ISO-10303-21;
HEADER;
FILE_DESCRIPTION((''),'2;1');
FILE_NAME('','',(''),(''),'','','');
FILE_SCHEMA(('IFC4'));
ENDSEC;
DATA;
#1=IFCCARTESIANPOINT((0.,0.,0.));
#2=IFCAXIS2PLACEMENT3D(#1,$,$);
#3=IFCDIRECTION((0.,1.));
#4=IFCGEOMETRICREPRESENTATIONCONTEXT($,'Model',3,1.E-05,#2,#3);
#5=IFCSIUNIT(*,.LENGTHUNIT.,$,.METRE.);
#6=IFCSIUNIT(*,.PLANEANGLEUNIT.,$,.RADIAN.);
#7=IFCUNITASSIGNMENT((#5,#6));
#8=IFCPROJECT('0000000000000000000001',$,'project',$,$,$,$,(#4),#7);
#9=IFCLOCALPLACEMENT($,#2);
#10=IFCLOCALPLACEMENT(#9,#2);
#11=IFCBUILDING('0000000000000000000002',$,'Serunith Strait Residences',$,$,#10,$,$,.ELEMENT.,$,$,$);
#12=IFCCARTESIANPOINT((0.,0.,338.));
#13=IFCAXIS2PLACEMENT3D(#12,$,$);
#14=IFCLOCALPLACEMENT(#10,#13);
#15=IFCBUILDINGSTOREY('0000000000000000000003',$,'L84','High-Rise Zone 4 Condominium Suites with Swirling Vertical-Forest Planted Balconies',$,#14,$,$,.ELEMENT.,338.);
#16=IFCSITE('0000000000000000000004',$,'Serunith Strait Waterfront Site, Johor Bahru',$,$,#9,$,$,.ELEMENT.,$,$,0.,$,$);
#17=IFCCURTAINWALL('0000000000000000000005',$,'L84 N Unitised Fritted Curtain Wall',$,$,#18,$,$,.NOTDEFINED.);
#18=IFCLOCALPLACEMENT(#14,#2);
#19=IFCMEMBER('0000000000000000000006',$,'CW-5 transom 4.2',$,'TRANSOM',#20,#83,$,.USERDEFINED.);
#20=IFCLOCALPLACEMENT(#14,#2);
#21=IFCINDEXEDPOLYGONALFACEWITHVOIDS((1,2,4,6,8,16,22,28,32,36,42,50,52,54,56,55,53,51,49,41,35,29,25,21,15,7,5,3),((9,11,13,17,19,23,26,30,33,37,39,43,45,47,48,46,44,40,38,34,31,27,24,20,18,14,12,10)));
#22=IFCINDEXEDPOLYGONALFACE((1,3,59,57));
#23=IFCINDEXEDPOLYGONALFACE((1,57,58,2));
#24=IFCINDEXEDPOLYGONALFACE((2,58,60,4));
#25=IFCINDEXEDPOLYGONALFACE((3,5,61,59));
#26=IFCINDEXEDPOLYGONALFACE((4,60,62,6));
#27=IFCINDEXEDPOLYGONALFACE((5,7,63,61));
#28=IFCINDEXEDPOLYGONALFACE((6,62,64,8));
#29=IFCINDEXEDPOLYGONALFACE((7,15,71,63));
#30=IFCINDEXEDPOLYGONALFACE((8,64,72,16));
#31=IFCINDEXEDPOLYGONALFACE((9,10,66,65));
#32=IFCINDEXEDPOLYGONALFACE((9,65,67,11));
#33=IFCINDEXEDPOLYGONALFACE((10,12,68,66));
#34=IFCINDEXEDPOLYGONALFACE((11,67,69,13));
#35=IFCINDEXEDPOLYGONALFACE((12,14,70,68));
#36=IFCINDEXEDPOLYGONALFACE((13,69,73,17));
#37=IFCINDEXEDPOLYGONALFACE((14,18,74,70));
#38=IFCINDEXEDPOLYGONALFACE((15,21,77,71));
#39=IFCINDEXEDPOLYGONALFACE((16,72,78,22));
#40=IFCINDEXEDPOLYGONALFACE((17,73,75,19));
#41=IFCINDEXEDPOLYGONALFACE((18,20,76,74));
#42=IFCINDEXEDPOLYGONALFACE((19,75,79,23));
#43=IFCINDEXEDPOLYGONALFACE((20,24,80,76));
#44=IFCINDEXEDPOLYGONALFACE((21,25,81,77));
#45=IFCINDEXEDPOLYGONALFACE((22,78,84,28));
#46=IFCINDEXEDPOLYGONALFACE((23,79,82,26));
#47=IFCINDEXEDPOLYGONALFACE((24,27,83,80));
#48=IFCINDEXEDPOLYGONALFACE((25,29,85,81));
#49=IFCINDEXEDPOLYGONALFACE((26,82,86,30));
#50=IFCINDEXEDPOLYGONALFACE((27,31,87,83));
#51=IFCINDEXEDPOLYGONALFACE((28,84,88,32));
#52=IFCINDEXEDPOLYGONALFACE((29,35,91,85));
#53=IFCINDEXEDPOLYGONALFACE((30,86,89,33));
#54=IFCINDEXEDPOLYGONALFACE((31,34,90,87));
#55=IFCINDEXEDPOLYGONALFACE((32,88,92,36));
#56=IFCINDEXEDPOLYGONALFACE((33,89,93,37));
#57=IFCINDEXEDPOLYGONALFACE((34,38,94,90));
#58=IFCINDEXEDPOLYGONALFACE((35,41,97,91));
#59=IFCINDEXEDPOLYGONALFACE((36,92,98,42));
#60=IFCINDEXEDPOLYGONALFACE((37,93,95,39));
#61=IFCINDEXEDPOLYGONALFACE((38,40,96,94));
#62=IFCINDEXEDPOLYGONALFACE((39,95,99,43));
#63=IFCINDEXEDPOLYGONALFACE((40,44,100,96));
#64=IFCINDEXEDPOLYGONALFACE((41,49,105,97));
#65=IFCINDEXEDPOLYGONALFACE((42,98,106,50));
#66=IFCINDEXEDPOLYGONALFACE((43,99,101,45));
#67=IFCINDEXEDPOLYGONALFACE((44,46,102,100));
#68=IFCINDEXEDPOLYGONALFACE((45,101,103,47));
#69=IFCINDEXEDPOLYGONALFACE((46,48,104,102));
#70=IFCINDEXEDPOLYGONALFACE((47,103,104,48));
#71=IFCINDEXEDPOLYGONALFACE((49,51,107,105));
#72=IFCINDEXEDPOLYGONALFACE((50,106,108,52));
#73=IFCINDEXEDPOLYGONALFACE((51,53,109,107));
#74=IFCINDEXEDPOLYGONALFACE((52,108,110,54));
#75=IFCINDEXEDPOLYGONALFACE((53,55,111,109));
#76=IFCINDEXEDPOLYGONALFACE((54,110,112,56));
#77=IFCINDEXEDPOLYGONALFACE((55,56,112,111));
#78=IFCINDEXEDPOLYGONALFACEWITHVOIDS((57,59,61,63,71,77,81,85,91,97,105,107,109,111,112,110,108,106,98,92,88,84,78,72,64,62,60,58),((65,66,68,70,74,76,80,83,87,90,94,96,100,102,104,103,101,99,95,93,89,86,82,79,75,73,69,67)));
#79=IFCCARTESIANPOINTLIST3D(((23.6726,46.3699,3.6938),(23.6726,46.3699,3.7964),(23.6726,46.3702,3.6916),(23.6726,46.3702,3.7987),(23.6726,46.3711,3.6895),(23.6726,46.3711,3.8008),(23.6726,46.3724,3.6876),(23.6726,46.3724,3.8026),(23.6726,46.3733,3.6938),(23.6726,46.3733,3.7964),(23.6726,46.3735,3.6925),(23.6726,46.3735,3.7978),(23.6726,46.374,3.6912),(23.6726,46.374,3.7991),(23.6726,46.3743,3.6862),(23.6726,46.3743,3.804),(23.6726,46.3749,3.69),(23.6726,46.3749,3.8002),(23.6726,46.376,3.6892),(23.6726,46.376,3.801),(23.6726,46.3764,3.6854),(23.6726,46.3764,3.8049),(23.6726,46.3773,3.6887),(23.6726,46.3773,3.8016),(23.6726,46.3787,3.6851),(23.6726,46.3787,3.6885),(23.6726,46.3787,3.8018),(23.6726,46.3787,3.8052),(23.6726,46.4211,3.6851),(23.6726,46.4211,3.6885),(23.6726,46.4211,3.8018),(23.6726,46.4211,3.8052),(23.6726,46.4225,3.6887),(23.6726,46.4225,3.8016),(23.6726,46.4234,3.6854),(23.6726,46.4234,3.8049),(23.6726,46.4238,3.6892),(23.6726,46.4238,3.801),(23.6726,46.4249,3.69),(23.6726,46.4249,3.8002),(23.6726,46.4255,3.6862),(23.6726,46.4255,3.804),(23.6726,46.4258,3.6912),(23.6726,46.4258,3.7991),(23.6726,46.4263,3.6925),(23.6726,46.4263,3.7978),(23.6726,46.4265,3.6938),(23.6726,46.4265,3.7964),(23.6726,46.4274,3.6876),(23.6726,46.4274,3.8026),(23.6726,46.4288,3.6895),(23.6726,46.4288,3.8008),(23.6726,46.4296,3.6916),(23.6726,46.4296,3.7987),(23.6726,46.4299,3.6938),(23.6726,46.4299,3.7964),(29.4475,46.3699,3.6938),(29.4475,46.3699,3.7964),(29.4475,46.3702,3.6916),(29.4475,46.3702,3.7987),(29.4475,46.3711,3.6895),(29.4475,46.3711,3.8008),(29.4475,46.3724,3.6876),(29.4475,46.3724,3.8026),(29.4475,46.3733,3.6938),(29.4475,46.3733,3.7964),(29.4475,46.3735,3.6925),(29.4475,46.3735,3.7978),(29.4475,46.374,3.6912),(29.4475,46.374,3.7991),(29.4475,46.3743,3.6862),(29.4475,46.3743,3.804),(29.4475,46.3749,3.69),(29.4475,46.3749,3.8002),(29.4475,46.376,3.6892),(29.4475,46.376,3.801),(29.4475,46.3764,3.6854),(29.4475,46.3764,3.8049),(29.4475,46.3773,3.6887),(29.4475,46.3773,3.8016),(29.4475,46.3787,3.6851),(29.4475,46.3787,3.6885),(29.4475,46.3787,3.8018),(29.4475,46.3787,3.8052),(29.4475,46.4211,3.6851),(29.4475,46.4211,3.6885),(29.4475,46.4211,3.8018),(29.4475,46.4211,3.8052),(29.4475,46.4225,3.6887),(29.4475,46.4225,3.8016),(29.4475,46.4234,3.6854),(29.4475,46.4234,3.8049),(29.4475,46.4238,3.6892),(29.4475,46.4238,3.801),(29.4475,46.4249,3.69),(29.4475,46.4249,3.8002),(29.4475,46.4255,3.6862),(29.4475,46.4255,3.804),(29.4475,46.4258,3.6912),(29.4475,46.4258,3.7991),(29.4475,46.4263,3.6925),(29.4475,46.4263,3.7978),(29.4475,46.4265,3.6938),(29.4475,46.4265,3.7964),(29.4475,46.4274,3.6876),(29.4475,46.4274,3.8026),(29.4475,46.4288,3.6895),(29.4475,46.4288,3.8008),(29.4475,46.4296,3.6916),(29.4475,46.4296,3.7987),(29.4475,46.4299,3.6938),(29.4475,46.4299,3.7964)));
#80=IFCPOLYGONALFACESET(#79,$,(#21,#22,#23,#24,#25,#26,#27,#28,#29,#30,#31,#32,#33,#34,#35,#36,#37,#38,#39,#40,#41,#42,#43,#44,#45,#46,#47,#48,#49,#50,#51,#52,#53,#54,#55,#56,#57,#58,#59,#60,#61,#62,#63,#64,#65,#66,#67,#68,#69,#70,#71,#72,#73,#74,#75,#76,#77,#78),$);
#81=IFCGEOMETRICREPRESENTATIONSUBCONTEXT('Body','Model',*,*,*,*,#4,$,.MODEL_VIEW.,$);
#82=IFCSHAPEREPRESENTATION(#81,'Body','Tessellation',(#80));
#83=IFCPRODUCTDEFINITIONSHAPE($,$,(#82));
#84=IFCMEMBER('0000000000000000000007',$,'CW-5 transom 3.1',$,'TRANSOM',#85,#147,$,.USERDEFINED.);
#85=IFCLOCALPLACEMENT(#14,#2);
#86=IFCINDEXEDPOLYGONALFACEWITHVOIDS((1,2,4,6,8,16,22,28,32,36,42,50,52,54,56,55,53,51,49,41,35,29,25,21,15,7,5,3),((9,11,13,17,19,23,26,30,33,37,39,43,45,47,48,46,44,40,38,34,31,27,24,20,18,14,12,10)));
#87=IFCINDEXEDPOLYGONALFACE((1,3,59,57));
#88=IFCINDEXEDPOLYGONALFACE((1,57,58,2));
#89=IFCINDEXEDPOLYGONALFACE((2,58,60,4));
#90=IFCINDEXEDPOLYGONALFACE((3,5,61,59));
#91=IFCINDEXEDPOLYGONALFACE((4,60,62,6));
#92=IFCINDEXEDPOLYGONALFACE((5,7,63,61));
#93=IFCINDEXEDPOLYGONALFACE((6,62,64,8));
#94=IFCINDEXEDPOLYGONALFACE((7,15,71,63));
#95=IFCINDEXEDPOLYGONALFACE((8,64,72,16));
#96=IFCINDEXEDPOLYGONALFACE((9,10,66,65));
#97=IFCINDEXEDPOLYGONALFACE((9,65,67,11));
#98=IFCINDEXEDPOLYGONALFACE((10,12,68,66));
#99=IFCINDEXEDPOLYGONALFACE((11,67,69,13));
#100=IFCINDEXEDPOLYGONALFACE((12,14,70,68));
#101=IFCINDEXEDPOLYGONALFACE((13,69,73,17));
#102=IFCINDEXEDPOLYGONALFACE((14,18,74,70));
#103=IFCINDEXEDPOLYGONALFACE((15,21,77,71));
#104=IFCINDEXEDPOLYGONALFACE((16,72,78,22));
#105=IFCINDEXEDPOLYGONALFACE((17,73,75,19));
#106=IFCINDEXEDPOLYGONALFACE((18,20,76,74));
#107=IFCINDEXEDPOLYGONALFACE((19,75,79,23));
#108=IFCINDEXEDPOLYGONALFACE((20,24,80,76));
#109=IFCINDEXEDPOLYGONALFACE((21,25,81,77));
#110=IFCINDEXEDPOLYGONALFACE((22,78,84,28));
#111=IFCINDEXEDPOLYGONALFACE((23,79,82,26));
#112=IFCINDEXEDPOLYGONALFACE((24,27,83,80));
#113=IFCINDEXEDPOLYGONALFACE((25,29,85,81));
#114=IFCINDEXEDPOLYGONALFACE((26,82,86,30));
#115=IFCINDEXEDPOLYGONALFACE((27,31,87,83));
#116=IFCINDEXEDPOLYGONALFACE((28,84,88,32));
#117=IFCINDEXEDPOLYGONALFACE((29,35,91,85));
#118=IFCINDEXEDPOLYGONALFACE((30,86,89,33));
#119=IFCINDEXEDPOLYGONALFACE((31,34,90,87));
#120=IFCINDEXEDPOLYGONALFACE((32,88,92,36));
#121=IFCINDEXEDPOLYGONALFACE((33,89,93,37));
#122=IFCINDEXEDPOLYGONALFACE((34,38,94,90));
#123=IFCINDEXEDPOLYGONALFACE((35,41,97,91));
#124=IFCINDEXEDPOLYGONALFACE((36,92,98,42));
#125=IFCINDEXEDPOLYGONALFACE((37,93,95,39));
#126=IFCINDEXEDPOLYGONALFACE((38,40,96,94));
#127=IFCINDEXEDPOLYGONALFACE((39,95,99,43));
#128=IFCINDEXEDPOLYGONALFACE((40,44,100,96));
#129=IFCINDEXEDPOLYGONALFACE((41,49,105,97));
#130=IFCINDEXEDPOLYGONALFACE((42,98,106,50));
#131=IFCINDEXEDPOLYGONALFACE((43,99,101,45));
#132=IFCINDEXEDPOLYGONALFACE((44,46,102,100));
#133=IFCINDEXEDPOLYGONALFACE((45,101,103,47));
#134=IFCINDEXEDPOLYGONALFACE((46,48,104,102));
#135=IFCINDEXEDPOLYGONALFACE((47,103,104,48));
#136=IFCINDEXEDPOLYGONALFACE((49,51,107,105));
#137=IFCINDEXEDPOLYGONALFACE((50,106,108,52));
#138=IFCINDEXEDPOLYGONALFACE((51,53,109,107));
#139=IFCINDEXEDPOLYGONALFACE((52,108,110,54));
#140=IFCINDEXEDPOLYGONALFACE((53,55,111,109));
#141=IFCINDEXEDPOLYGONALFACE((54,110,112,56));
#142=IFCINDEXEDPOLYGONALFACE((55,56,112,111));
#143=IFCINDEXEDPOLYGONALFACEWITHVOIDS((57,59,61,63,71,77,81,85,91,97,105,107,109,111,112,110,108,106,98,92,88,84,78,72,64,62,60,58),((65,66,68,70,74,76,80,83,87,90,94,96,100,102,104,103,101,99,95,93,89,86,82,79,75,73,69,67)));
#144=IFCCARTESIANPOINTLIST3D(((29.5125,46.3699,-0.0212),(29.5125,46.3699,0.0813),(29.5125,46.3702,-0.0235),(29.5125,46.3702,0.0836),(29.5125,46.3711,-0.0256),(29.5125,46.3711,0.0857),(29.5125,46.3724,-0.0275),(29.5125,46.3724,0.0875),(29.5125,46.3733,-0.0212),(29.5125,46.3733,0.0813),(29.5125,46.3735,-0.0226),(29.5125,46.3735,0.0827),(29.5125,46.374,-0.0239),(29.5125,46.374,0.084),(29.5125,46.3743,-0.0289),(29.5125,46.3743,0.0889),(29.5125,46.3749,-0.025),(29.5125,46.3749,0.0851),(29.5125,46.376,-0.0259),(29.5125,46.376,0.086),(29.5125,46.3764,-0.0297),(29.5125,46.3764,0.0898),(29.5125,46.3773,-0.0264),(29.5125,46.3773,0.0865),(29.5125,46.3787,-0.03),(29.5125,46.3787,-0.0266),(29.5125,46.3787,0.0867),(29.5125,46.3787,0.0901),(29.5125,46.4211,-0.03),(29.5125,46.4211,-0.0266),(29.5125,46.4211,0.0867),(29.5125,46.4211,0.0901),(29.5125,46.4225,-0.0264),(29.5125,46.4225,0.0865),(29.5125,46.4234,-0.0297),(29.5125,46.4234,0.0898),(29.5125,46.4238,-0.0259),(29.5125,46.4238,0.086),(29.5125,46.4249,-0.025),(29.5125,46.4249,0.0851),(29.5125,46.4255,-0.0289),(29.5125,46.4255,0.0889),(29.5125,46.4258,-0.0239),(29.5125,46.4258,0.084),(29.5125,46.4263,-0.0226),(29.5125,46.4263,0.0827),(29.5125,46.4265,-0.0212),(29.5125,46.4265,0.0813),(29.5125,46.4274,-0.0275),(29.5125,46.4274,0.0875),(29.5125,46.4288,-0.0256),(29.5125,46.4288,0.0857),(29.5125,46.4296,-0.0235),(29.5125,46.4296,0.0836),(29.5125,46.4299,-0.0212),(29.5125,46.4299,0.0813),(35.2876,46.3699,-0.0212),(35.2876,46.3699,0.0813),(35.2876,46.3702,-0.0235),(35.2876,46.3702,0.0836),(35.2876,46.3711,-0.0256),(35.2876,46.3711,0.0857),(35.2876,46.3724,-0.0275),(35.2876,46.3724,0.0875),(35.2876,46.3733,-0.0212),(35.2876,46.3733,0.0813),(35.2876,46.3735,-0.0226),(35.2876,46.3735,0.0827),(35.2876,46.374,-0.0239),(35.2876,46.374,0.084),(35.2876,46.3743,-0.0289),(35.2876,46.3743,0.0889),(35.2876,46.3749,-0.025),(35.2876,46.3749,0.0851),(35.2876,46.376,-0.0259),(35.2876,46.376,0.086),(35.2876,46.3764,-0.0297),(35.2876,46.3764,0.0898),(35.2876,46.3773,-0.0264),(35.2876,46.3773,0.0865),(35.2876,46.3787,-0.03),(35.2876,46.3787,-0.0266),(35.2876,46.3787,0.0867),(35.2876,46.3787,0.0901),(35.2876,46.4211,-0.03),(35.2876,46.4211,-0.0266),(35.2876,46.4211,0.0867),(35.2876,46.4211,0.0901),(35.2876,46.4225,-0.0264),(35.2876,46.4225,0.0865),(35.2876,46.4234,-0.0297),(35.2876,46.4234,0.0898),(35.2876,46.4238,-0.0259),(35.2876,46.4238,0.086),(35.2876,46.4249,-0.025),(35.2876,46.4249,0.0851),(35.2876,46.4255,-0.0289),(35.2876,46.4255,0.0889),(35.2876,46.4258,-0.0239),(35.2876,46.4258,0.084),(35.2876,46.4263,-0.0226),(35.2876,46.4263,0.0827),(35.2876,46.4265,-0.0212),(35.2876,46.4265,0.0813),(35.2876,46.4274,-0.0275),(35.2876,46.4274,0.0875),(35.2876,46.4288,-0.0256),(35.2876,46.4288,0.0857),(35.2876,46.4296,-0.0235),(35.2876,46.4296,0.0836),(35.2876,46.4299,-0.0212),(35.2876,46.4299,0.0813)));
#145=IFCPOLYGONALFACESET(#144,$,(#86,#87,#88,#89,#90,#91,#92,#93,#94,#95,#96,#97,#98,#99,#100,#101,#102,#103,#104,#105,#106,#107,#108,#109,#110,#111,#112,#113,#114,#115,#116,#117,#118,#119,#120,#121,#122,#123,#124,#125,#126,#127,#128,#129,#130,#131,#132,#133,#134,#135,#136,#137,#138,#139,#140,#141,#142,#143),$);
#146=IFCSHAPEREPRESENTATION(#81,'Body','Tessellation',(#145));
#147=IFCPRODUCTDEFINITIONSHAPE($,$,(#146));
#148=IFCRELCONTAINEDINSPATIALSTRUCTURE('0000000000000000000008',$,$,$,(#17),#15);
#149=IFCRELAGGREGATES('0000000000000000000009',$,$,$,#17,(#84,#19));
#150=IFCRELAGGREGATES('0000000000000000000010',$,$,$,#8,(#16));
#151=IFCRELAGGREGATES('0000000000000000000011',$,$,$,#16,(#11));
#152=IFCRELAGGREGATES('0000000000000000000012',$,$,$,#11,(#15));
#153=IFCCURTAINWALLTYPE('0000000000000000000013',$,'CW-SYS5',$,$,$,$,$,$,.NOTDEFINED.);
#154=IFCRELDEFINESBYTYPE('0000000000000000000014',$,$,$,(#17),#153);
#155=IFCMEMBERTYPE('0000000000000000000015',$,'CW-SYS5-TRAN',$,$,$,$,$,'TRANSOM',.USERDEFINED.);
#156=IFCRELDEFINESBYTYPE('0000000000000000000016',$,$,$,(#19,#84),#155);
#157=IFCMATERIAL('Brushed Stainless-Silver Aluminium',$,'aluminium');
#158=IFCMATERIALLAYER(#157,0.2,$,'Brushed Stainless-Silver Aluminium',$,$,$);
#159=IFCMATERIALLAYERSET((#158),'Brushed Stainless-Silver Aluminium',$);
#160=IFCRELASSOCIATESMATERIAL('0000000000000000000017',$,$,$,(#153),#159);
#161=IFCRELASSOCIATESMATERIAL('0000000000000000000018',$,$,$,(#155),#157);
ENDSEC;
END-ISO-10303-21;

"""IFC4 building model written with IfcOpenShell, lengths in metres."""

from ifc_helpers import new_model, si_unit, direction, frame, origin, origin_2d, place, context, subcontext, project, spatial, hollow_rectangle, extrude, source, transform, mapped, material, layer, layer_set, material_profile, profile_set, type_object, element, aggregate, save


model = new_model("IFC4")

# Units and contexts
model_context = context("Model", 3, precision=1e-05, world=origin(), true_north=direction((0.0, 1.0)))
body_context = subcontext(model_context, "Body", "Model", "MODEL_VIEW")
ifc_project = project(units=[si_unit("LENGTHUNIT", "METRE"), si_unit("PLANEANGLEUNIT", "RADIAN")], contexts=[model_context])

# Site, building, storey
site_placement = place(None, origin())
site = spatial("IfcSite", under=ifc_project, at=site_placement, Name="Serunith Strait Waterfront Site, Johor Bahru", CompositionType="ELEMENT", RefElevation=0.0)
building_placement = place(site_placement, origin())
building = spatial("IfcBuilding", under=site, at=building_placement, Name="Serunith Strait Residences", CompositionType="ELEMENT")
storey_placement = place(building_placement, frame((0.0, 0.0, 338.0)))
storey = spatial("IfcBuildingStorey", under=building, at=storey_placement, Name="L84", Description="High-Rise Zone 4 Condominium Suites with Swirling Vertical-Forest Planted Balconies", CompositionType="ELEMENT", Elevation=338.0)

# Curtain wall, members
ifc_material_1 = material(Name="Brushed Stainless-Silver Aluminium", Category="aluminium")
ifc_layer_1 = layer(ifc_material_1, 0.2, Name="Brushed Stainless-Silver Aluminium")
ifc_layer_set_1 = layer_set([ifc_layer_1], Name="Brushed Stainless-Silver Aluminium")
curtain_wall_type = type_object("IfcCurtainWallType", Name="CW-SYS5", PredefinedType="NOTDEFINED", material=ifc_layer_set_1)
curtain_wall_placement = place(storey_placement, origin())
curtain_wall = element("IfcCurtainWall", 1, at=curtain_wall_placement, inside=storey, type_object=curtain_wall_type, Name="L84 N Unitised Fritted Curtain Wall", PredefinedType="NOTDEFINED")
ifc_material_profile_1 = material_profile(ifc_material_1, hollow_rectangle(XDim=0.0601, YDim=0.1201, WallThickness=0.0034, InnerFilletRadius=0.0054, OuterFilletRadius=0.0088, at=origin_2d()), Name="ALU 120x60x3.5")
ifc_profile_set_1 = profile_set([ifc_material_profile_1], Name="Brushed Stainless-Silver Aluminium")
member_type_1 = type_object("IfcMemberType", Name="CW-SYS5-TRAN", ElementType="TRANSOM", PredefinedType="USERDEFINED", material=ifc_profile_set_1)
shared_shape_1 = source(origin(), body_context, "Body", "SweptSolid", [
    extrude(hollow_rectangle(XDim=0.0601, YDim=0.1201, WallThickness=0.0034, InnerFilletRadius=0.0054, OuterFilletRadius=0.0088, at=origin_2d()), origin(), (0.0, 0.0, 1.0), 5.7749),
])
member_1_placement = place(storey_placement, frame((29.4475, 46.3999, 3.7451), z_axis=(-1.0, 0.0, 0.0), x_axis=(0.0, -1.0, 0.0)))
member_1 = element("IfcMember", 2, at=member_1_placement, type_object=member_type_1, Name="CW-5 transom 4.2", ObjectType="TRANSOM", PredefinedType="USERDEFINED", context=body_context, shape_type="MappedRepresentation", body=[
    mapped(shared_shape_1, transform((0.0, 0.0, 0.0), scale=1.0)),
])
shared_shape_2 = source(origin(), body_context, "Body", "SweptSolid", [
    extrude(hollow_rectangle(XDim=0.0601, YDim=0.1201, WallThickness=0.0034, InnerFilletRadius=0.0054, OuterFilletRadius=0.0088, at=origin_2d()), origin(), (0.0, 0.0, 1.0), 5.7751),
])
member_2_placement = place(storey_placement, frame((35.2876, 46.3999, 0.03), z_axis=(-1.0, 0.0, 0.0), x_axis=(0.0, -1.0, 0.0)))
member_2 = element("IfcMember", 3, at=member_2_placement, type_object=member_type_1, Name="CW-5 transom 3.1", ObjectType="TRANSOM", PredefinedType="USERDEFINED", context=body_context, shape_type="MappedRepresentation", body=[
    mapped(shared_shape_2, transform((0.0, 0.0, 0.0), scale=1.0)),
])
aggregate(curtain_wall, [member_2, member_1])

save(model, "model.ifc")
